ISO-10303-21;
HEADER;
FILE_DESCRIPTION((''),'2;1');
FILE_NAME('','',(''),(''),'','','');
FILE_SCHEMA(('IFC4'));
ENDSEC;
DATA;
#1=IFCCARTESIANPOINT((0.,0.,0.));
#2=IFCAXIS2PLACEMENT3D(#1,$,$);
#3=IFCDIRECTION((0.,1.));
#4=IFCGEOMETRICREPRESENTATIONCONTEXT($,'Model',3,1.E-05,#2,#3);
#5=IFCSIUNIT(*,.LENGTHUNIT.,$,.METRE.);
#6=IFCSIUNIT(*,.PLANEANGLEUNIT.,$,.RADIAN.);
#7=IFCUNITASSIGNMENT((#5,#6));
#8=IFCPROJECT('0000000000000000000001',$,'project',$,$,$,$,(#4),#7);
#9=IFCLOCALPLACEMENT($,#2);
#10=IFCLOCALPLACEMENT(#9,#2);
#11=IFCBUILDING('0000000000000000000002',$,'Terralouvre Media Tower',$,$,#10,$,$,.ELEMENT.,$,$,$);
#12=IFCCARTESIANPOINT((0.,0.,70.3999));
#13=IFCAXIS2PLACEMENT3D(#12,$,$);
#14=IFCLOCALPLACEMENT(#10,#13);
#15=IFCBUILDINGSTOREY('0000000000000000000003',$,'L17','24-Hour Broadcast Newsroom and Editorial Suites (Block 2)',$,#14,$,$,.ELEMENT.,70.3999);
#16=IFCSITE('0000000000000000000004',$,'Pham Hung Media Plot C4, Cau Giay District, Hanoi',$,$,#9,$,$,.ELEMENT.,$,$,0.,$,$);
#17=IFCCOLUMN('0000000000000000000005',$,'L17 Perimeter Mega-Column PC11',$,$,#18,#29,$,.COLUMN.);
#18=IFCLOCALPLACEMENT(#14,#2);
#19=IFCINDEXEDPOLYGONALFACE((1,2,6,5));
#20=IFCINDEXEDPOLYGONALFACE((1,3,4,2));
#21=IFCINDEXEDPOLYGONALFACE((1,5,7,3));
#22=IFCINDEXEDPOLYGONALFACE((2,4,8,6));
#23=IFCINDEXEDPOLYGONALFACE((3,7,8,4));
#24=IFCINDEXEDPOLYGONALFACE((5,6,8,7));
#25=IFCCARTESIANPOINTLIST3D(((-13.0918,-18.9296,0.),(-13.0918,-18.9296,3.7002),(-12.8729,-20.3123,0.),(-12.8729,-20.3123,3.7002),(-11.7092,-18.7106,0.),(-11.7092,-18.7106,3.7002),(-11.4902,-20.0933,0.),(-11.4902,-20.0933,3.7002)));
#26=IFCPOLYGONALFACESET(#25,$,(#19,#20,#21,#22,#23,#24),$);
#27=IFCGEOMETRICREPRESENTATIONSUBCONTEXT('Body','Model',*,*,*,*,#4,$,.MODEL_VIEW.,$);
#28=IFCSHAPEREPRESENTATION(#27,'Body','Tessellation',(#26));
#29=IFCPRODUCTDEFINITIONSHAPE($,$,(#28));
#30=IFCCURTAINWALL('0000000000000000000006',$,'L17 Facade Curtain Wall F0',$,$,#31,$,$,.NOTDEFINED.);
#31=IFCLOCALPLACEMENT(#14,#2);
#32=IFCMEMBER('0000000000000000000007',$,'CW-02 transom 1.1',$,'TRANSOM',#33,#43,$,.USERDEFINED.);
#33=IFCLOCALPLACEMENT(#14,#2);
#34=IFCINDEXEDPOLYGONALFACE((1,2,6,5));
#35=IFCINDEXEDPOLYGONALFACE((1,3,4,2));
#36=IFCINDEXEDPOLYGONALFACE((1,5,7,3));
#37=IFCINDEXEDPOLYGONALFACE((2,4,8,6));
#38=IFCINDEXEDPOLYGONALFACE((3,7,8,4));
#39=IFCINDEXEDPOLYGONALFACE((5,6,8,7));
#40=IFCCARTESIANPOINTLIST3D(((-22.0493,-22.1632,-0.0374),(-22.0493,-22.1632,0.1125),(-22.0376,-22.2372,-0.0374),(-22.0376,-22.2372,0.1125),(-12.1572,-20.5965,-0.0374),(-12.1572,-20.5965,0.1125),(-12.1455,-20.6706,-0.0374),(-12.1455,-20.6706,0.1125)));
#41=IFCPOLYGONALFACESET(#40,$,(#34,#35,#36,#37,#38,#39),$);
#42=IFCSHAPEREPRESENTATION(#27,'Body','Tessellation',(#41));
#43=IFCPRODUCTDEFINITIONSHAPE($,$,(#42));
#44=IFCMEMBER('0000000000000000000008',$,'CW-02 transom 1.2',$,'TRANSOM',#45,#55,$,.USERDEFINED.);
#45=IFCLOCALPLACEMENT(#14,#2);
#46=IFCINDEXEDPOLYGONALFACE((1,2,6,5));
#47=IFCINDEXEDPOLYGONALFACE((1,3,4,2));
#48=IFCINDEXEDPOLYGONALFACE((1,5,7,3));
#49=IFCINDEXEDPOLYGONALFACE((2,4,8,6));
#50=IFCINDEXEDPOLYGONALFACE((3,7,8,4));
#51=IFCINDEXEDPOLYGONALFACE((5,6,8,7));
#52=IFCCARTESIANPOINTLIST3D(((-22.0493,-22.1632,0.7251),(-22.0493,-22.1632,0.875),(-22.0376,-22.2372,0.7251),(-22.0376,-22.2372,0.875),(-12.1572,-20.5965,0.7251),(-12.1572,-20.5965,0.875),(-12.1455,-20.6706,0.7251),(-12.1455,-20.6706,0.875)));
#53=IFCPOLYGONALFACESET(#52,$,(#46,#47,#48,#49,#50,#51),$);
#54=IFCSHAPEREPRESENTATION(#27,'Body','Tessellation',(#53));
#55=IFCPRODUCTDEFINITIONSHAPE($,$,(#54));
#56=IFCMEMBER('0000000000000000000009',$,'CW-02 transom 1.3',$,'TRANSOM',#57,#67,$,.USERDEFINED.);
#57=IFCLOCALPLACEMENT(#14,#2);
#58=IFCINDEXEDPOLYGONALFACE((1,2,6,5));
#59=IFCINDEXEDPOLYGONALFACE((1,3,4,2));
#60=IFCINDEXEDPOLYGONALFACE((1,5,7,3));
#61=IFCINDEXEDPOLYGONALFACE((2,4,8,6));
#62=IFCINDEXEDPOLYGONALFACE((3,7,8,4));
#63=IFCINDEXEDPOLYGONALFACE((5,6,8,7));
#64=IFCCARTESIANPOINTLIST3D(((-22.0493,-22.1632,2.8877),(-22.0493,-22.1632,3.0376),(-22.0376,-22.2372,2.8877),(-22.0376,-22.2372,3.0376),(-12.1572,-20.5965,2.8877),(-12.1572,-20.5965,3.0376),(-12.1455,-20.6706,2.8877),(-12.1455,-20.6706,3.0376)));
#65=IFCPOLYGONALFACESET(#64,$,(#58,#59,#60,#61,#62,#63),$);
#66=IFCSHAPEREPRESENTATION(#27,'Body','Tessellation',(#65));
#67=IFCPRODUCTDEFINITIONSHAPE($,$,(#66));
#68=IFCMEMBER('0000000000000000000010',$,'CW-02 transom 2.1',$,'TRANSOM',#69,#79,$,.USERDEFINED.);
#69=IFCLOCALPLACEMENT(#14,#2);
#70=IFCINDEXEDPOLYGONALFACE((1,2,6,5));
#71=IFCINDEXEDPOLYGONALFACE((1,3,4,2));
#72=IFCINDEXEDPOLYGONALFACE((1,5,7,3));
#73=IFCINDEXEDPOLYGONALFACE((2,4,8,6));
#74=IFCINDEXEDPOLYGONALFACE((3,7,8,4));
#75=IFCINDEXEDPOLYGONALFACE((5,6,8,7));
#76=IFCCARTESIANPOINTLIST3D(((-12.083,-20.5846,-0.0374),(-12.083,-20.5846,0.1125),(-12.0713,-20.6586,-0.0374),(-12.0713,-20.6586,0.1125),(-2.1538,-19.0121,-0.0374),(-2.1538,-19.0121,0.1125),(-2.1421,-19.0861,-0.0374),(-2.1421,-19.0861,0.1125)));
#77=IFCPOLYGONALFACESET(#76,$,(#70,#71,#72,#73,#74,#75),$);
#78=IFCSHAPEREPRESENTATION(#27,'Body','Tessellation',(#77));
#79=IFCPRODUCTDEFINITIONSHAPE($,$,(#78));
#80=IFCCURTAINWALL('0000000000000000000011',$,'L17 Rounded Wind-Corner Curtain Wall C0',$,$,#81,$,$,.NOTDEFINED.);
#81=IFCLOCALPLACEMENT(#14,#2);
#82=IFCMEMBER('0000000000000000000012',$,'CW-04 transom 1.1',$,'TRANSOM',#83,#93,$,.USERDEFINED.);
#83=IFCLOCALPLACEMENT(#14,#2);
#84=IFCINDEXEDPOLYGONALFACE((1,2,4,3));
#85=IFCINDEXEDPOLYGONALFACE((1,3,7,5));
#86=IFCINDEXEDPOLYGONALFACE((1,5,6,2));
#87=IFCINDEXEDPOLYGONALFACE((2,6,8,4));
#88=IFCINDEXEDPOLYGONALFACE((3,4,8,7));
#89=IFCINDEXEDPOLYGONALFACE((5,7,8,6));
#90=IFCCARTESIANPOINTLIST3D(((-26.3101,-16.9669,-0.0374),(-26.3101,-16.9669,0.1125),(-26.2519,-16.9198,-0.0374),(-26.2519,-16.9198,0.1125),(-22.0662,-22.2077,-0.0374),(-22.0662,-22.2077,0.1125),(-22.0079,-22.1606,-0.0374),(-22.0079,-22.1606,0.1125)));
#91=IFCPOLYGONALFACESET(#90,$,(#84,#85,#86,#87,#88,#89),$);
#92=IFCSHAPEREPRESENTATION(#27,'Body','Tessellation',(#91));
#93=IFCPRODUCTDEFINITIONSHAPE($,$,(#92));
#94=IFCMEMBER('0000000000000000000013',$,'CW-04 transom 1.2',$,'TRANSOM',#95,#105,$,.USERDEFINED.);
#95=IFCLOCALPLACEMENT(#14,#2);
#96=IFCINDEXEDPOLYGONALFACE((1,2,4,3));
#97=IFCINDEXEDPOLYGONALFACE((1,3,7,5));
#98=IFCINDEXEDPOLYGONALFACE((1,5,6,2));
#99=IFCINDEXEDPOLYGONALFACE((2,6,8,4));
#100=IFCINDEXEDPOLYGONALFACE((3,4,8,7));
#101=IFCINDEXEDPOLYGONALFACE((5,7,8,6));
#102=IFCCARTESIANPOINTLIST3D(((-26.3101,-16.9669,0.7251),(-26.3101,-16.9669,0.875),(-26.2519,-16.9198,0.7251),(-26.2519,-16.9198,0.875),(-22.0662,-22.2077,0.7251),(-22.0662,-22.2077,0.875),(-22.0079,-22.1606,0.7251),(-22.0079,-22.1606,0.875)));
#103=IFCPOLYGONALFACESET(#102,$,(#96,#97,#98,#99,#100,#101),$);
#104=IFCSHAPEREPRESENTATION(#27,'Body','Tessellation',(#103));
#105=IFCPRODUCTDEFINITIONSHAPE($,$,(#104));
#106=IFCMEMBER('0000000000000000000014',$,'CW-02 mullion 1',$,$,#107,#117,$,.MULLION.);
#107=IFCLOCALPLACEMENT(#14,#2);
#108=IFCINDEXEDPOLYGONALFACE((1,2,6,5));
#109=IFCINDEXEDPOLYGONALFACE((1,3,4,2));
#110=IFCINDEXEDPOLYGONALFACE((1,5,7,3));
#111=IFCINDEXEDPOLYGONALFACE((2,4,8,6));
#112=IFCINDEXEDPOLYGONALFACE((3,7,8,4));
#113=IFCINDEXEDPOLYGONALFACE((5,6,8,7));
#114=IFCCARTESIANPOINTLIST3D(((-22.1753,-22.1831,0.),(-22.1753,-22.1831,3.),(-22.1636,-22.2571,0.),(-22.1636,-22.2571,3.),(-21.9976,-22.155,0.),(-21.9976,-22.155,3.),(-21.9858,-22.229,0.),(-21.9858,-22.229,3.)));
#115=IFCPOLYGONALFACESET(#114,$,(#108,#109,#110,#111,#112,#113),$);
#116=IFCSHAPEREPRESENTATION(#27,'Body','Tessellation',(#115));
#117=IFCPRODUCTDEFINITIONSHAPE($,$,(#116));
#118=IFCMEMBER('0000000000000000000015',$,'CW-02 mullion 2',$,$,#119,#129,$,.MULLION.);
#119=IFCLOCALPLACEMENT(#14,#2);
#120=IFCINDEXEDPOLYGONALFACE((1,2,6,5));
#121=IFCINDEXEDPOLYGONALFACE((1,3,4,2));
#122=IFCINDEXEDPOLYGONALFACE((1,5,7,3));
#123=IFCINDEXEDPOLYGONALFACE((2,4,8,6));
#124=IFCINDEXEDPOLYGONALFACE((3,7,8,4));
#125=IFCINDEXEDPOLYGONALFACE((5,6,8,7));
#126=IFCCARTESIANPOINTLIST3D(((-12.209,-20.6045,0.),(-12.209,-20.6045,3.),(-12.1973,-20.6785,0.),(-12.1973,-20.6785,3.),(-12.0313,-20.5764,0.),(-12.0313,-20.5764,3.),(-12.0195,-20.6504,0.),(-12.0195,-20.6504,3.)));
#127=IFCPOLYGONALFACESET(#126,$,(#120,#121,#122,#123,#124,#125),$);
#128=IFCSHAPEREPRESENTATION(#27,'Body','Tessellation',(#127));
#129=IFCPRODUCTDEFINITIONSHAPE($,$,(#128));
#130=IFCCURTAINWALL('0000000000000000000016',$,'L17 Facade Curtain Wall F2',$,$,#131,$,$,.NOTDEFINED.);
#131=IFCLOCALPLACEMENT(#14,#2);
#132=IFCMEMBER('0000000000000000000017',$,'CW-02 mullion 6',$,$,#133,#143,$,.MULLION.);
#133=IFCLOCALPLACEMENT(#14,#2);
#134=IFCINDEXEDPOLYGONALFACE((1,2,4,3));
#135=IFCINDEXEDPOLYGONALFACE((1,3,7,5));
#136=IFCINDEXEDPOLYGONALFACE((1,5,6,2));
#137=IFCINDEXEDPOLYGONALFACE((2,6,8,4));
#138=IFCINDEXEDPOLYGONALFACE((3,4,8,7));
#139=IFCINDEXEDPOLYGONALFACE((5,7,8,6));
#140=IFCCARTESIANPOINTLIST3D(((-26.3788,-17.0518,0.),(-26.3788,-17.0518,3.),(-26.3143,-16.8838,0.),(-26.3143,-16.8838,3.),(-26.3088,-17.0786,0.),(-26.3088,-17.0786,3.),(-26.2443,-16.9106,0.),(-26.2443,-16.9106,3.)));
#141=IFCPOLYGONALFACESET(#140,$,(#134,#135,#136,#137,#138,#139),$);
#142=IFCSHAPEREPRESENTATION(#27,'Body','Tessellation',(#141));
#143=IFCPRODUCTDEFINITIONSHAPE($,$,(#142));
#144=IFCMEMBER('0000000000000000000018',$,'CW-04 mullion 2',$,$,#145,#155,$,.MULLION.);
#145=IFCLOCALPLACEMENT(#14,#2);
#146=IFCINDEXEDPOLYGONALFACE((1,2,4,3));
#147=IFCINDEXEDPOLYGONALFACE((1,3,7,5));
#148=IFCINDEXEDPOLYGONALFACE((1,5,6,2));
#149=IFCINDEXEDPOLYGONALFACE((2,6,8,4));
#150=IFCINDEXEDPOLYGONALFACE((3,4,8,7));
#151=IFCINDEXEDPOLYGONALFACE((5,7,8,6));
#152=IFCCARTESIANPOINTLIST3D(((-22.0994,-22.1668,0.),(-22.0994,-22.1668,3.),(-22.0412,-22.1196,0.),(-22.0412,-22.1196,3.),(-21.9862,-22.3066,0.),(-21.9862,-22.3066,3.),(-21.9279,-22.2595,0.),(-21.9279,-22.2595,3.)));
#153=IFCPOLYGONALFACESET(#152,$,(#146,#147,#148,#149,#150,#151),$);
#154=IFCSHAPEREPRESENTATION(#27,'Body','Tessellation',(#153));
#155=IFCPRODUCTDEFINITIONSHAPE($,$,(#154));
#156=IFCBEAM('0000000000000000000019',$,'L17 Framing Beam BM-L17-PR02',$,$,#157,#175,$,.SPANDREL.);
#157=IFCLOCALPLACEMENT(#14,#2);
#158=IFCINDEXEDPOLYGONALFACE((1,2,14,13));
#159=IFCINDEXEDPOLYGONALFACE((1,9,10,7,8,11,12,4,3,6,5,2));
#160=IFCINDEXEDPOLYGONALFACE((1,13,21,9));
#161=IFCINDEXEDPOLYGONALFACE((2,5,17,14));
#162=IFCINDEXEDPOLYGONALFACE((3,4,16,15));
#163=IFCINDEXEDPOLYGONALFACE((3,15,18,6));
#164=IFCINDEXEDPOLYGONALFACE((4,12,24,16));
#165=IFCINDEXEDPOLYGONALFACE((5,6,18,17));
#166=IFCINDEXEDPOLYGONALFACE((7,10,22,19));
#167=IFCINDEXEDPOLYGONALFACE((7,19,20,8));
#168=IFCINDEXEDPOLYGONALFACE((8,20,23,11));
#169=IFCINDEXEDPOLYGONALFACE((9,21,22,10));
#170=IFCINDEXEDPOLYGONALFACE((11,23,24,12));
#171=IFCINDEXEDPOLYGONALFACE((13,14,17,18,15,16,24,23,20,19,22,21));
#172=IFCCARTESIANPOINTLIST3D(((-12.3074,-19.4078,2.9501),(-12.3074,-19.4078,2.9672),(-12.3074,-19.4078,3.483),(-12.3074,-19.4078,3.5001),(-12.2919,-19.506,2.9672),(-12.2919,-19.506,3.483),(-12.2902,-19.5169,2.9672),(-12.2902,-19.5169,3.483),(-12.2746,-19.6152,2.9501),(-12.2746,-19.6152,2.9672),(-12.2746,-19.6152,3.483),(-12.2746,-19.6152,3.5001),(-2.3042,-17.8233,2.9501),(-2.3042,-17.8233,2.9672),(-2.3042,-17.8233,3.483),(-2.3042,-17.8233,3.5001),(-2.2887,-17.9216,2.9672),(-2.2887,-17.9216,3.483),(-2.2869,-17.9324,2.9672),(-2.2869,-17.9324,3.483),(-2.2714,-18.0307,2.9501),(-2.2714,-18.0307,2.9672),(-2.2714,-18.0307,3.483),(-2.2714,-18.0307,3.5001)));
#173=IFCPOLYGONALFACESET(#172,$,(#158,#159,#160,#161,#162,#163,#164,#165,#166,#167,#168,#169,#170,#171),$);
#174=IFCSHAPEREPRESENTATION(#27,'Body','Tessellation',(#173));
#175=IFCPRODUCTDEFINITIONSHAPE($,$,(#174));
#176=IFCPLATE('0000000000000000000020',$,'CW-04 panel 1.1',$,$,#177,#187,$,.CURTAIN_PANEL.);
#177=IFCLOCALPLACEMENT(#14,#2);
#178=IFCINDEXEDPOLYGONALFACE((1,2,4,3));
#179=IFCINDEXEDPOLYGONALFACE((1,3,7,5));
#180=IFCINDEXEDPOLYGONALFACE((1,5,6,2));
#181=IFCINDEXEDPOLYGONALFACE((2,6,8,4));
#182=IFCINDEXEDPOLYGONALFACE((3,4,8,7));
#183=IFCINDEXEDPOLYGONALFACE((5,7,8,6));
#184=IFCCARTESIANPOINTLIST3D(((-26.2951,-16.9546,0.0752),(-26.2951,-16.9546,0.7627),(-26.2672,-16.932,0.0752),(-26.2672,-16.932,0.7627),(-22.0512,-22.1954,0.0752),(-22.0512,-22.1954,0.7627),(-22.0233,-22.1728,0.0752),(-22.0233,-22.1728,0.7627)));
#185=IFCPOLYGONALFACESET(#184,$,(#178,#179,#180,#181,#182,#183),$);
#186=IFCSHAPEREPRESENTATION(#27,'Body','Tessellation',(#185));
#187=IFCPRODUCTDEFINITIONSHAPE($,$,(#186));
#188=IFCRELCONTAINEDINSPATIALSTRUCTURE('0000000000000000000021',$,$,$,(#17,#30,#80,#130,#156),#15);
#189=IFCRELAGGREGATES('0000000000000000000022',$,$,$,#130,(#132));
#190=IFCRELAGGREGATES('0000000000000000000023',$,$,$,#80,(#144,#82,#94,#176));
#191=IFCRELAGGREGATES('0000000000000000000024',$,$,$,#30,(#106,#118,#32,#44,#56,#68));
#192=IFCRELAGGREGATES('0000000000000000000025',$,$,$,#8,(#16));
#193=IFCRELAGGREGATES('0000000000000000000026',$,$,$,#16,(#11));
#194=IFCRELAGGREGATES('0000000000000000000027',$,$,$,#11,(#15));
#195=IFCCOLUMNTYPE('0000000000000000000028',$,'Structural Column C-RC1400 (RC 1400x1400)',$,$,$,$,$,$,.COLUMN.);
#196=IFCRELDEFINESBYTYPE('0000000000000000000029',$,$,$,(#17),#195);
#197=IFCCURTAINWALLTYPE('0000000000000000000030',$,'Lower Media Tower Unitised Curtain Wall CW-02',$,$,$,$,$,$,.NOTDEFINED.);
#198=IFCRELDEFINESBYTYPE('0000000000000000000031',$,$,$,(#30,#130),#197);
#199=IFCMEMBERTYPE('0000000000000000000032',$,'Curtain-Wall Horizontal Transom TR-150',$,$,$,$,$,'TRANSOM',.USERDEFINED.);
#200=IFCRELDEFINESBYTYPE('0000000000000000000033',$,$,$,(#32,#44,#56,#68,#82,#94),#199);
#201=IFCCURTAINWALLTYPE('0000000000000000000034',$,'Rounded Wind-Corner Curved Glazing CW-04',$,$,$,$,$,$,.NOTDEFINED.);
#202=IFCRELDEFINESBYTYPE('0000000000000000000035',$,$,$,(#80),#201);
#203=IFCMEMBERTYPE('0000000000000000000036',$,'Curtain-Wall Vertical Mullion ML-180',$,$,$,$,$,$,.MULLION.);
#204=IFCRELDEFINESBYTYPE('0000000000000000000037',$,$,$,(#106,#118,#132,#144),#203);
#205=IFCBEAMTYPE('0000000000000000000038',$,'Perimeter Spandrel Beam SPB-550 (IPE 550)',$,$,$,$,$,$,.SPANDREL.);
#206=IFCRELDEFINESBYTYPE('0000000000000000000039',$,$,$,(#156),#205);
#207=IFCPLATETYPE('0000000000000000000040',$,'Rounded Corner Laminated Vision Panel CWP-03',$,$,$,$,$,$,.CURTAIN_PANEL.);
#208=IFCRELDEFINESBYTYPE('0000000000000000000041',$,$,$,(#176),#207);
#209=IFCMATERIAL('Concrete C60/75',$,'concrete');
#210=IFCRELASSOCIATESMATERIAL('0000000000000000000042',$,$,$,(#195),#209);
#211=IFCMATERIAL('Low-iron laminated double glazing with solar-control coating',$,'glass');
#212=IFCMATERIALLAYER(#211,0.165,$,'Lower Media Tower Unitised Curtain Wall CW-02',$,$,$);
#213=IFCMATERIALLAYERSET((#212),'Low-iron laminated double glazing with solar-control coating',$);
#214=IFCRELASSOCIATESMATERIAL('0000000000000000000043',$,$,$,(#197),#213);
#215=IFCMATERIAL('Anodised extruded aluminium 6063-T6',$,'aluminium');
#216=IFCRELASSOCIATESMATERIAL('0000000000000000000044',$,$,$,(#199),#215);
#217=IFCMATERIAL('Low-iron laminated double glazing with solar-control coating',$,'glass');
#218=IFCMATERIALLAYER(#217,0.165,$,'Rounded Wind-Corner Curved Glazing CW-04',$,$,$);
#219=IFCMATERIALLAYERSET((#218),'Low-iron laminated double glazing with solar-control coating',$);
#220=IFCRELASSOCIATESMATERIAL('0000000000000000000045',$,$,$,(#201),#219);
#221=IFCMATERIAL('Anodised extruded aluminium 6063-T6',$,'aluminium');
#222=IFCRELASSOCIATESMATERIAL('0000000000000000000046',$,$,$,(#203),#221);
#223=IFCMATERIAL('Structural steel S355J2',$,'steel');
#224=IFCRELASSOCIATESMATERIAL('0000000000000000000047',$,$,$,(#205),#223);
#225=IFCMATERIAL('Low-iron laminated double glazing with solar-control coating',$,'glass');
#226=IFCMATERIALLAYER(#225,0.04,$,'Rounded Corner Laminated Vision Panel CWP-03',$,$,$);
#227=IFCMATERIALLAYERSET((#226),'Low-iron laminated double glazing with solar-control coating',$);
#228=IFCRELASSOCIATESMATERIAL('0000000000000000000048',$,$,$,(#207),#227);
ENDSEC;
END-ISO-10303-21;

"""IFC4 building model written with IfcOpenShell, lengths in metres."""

from ifc_helpers import new_model, si_unit, direction, frame, origin, origin_2d, place, context, subcontext, project, spatial, rectangle, i_section, extrude, material, layer, layer_set, material_profile, profile_set, type_object, element, aggregate, save


model = new_model("IFC4")

# Units and contexts
model_context = context("Model", 3, precision=1e-05, world=origin(), true_north=direction((0.0, 1.0)))
body_context = subcontext(model_context, "Body", "Model", "MODEL_VIEW")
ifc_project = project(units=[si_unit("LENGTHUNIT", "METRE"), si_unit("PLANEANGLEUNIT", "RADIAN")], contexts=[model_context])

# Site, building, storey
site_placement = place(None, origin())
site = spatial("IfcSite", under=ifc_project, at=site_placement, Name="Pham Hung Media Plot C4, Cau Giay District, Hanoi", CompositionType="ELEMENT", RefElevation=0.0)
building_placement = place(site_placement, origin())
building = spatial("IfcBuilding", under=site, at=building_placement, Name="Terralouvre Media Tower", CompositionType="ELEMENT")
storey_placement = place(building_placement, frame((0.0, 0.0, 70.3999)))
storey = spatial("IfcBuildingStorey", under=building, at=storey_placement, Name="L17", Description="24-Hour Broadcast Newsroom and Editorial Suites (Block 2)", CompositionType="ELEMENT", Elevation=70.3999)

# Column
ifc_material_1 = material(Name="Concrete C60/75", Category="concrete")
ifc_material_profile_1 = material_profile(ifc_material_1, rectangle(XDim=1.3999, YDim=1.3999, at=origin_2d()), Name="RC 1400x1400")
ifc_profile_set_1 = profile_set([ifc_material_profile_1], Name="Concrete C60/75")
column_type = type_object("IfcColumnType", Name="Structural Column C-RC1400 (RC 1400x1400)", PredefinedType="COLUMN", material=ifc_profile_set_1)
column_placement = place(storey_placement, frame((-12.291, -19.5115, 0.0), z_axis=(0.0, 0.0, 1.0), x_axis=(0.987688, 0.156434, 0.0)))
element("IfcColumn", 1, at=column_placement, inside=storey, type_object=column_type, Name="L17 Perimeter Mega-Column PC11", PredefinedType="COLUMN", context=body_context, shape_type="SweptSolid", body=[
    extrude(rectangle(XDim=1.3999, YDim=1.3999, at=origin_2d()), origin(), (0.0, 0.0, 1.0), 3.7002),
])

# Curtain walls, members
ifc_material_2 = material(Name="Low-iron laminated double glazing with solar-control coating", Category="glass")
ifc_layer_1 = layer(ifc_material_2, 0.165, Name="Lower Media Tower Unitised Curtain Wall CW-02")
ifc_layer_set_1 = layer_set([ifc_layer_1], Name="Low-iron laminated double glazing with solar-control coating")
curtain_wall_type_1 = type_object("IfcCurtainWallType", Name="Lower Media Tower Unitised Curtain Wall CW-02", PredefinedType="NOTDEFINED", material=ifc_layer_set_1)
curtain_wall_1_placement = place(storey_placement, origin())
curtain_wall_1 = element("IfcCurtainWall", 2, at=curtain_wall_1_placement, inside=storey, type_object=curtain_wall_type_1, Name="L17 Facade Curtain Wall F0", PredefinedType="NOTDEFINED")
ifc_material_3 = material(Name="Anodised extruded aluminium 6063-T6", Category="aluminium")
ifc_material_profile_2 = material_profile(ifc_material_3, rectangle(XDim=0.075, YDim=0.1499, at=origin_2d()), Name="ALU 75x150")
ifc_profile_set_2 = profile_set([ifc_material_profile_2], Name="Anodised extruded aluminium 6063-T6")
member_type_1 = type_object("IfcMemberType", Name="Curtain-Wall Horizontal Transom TR-150", ElementType="TRANSOM", PredefinedType="USERDEFINED", material=ifc_profile_set_2)
member_1_placement = place(storey_placement, frame((-22.0435, -22.2002, 0.0376), z_axis=(0.98769, 0.156424, 0.0), x_axis=(-0.156424, 0.98769, 0.0)))
member_1 = element("IfcMember", 3, at=member_1_placement, type_object=member_type_1, Name="CW-02 transom 1.1", ObjectType="TRANSOM", PredefinedType="USERDEFINED", context=body_context, shape_type="SweptSolid", body=[
    extrude(rectangle(XDim=0.075, YDim=0.1499, at=origin_2d()), origin(), (0.0, 0.0, 1.0), 10.0154),
])
member_2_placement = place(storey_placement, frame((-22.0435, -22.2002, 0.8), z_axis=(0.98769, 0.156424, 0.0), x_axis=(-0.156424, 0.98769, 0.0)))
member_2 = element("IfcMember", 4, at=member_2_placement, type_object=member_type_1, Name="CW-02 transom 1.2", ObjectType="TRANSOM", PredefinedType="USERDEFINED", context=body_context, shape_type="SweptSolid", body=[
    extrude(rectangle(XDim=0.075, YDim=0.1499, at=origin_2d()), origin(), (0.0, 0.0, 1.0), 10.0154),
])
member_3_placement = place(storey_placement, frame((-22.0435, -22.2002, 2.9626), z_axis=(0.98769, 0.156424, 0.0), x_axis=(-0.156424, 0.98769, 0.0)))
member_3 = element("IfcMember", 5, at=member_3_placement, type_object=member_type_1, Name="CW-02 transom 1.3", ObjectType="TRANSOM", PredefinedType="USERDEFINED", context=body_context, shape_type="SweptSolid", body=[
    extrude(rectangle(XDim=0.075, YDim=0.1499, at=origin_2d()), origin(), (0.0, 0.0, 1.0), 10.0154),
])
member_4_placement = place(storey_placement, frame((-12.0771, -20.6216, 0.0376), z_axis=(0.98769, 0.156423, 0.0), x_axis=(-0.156423, 0.98769, 0.0)))
member_4 = element("IfcMember", 6, at=member_4_placement, type_object=member_type_1, Name="CW-02 transom 2.1", ObjectType="TRANSOM", PredefinedType="USERDEFINED", context=body_context, shape_type="SweptSolid", body=[
    extrude(rectangle(XDim=0.075, YDim=0.1499, at=origin_2d()), origin(), (0.0, 0.0, 1.0), 10.053),
])
ifc_material_4 = material(Name="Low-iron laminated double glazing with solar-control coating", Category="glass")
ifc_layer_2 = layer(ifc_material_4, 0.165, Name="Rounded Wind-Corner Curved Glazing CW-04")
ifc_layer_set_2 = layer_set([ifc_layer_2], Name="Low-iron laminated double glazing with solar-control coating")
curtain_wall_type_2 = type_object("IfcCurtainWallType", Name="Rounded Wind-Corner Curved Glazing CW-04", PredefinedType="NOTDEFINED", material=ifc_layer_set_2)
curtain_wall_2_placement = place(storey_placement, origin())
curtain_wall_2 = element("IfcCurtainWall", 7, at=curtain_wall_2_placement, inside=storey, type_object=curtain_wall_type_2, Name="L17 Rounded Wind-Corner Curtain Wall C0", PredefinedType="NOTDEFINED")
member_5_placement = place(storey_placement, frame((-26.281, -16.9434, 0.0376), z_axis=(0.629324, -0.777143, 0.0), x_axis=(0.777143, 0.629324, 0.0)))
member_5 = element("IfcMember", 8, at=member_5_placement, type_object=member_type_1, Name="CW-04 transom 1.1", ObjectType="TRANSOM", PredefinedType="USERDEFINED", context=body_context, shape_type="SweptSolid", body=[
    extrude(rectangle(XDim=0.075, YDim=0.1499, at=origin_2d()), origin(), (0.0, 0.0, 1.0), 6.7437),
])
member_6_placement = place(storey_placement, frame((-26.281, -16.9434, 0.8), z_axis=(0.629324, -0.777143, 0.0), x_axis=(0.777143, 0.629324, 0.0)))
member_6 = element("IfcMember", 9, at=member_6_placement, type_object=member_type_1, Name="CW-04 transom 1.2", ObjectType="TRANSOM", PredefinedType="USERDEFINED", context=body_context, shape_type="SweptSolid", body=[
    extrude(rectangle(XDim=0.075, YDim=0.1499, at=origin_2d()), origin(), (0.0, 0.0, 1.0), 6.7437),
])

# Members
ifc_material_5 = material(Name="Anodised extruded aluminium 6063-T6", Category="aluminium")
ifc_material_profile_3 = material_profile(ifc_material_5, rectangle(XDim=0.075, YDim=0.1799, at=origin_2d()), Name="ALU 75x180")
ifc_profile_set_3 = profile_set([ifc_material_profile_3], Name="Anodised extruded aluminium 6063-T6")
member_type_2 = type_object("IfcMemberType", Name="Curtain-Wall Vertical Mullion ML-180", PredefinedType="MULLION", material=ifc_profile_set_3)
member_7_placement = place(storey_placement, frame((-22.0806, -22.2061, 0.0), z_axis=(0.0, 0.0, 1.0), x_axis=(-0.156434, 0.987688, 0.0)))
member_7 = element("IfcMember", 10, at=member_7_placement, type_object=member_type_2, Name="CW-02 mullion 1", PredefinedType="MULLION", context=body_context, shape_type="SweptSolid", body=[
    extrude(rectangle(XDim=0.075, YDim=0.1799, at=origin_2d()), origin(), (0.0, 0.0, 1.0), 3.0),
])
member_8_placement = place(storey_placement, frame((-12.1143, -20.6274, 0.0), z_axis=(0.0, 0.0, 1.0), x_axis=(-0.156434, 0.987688, 0.0)))
member_8 = element("IfcMember", 11, at=member_8_placement, type_object=member_type_2, Name="CW-02 mullion 2", PredefinedType="MULLION", context=body_context, shape_type="SweptSolid", body=[
    extrude(rectangle(XDim=0.075, YDim=0.1799, at=origin_2d()), origin(), (0.0, 0.0, 1.0), 3.0),
])

# Curtain wall, member
curtain_wall_3_placement = place(storey_placement, origin())
curtain_wall_3 = element("IfcCurtainWall", 12, at=curtain_wall_3_placement, inside=storey, type_object=curtain_wall_type_1, Name="L17 Facade Curtain Wall F2", PredefinedType="NOTDEFINED")
member_9_placement = place(storey_placement, frame((-26.3115, -16.9812, 0.0), z_axis=(0.0, 0.0, 1.0), x_axis=(0.93358, -0.358368, 0.0)))
member_9 = element("IfcMember", 13, at=member_9_placement, type_object=member_type_2, Name="CW-02 mullion 6", PredefinedType="MULLION", context=body_context, shape_type="SweptSolid", body=[
    extrude(rectangle(XDim=0.075, YDim=0.1799, at=origin_2d()), origin(), (0.0, 0.0, 1.0), 3.0),
])
aggregate(curtain_wall_3, [member_9])

# Member
member_10_placement = place(storey_placement, frame((-22.0137, -22.2131, 0.0), z_axis=(0.0, 0.0, 1.0), x_axis=(0.777146, 0.62932, 0.0)))
member_10 = element("IfcMember", 14, at=member_10_placement, type_object=member_type_2, Name="CW-04 mullion 2", PredefinedType="MULLION", context=body_context, shape_type="SweptSolid", body=[
    extrude(rectangle(XDim=0.075, YDim=0.1799, at=origin_2d()), origin(), (0.0, 0.0, 1.0), 3.0),
])

# Beam
ifc_material_6 = material(Name="Structural steel S355J2", Category="steel")
ifc_material_profile_4 = material_profile(ifc_material_6, i_section(OverallWidth=0.21, OverallDepth=0.55, WebThickness=0.011, FlangeThickness=0.0171, at=origin_2d()), Name="IPE 550")
ifc_profile_set_4 = profile_set([ifc_material_profile_4], Name="Structural steel S355J2")
beam_type = type_object("IfcBeamType", Name="Perimeter Spandrel Beam SPB-550 (IPE 550)", PredefinedType="SPANDREL", material=ifc_profile_set_4)
beam_placement = place(storey_placement, frame((-12.291, -19.5115, 3.2251), z_axis=(0.987686, 0.156447, 0.0), x_axis=(-0.156447, 0.987686, 0.0)))
element("IfcBeam", 15, at=beam_placement, inside=storey, type_object=beam_type, Name="L17 Framing Beam BM-L17-PR02", PredefinedType="SPANDREL", context=body_context, shape_type="SweptSolid", body=[
    extrude(i_section(OverallWidth=0.21, OverallDepth=0.55, WebThickness=0.011, FlangeThickness=0.0171, at=origin_2d()), origin(), (0.0, 0.0, 1.0), 10.1279),
])

# Plate
ifc_material_7 = material(Name="Low-iron laminated double glazing with solar-control coating", Category="glass")
ifc_layer_3 = layer(ifc_material_7, 0.04, Name="Rounded Corner Laminated Vision Panel CWP-03")
ifc_layer_set_3 = layer_set([ifc_layer_3], Name="Low-iron laminated double glazing with solar-control coating")
plate_type_1 = type_object("IfcPlateType", Name="Rounded Corner Laminated Vision Panel CWP-03", PredefinedType="CURTAIN_PANEL", material=ifc_layer_set_3)
plate_1_placement = place(storey_placement, frame((-24.1592, -19.5637, 0.0752), z_axis=(0.0, 0.0, 1.0), x_axis=(0.62932, -0.777146, 0.0)))
plate_1 = element("IfcPlate", 16, at=plate_1_placement, type_object=plate_type_1, Name="CW-04 panel 1.1", PredefinedType="CURTAIN_PANEL", context=body_context, shape_type="SweptSolid", body=[
    extrude(rectangle(XDim=6.7437, YDim=0.0359, at=origin_2d()), origin(), (0.0, 0.0, 1.0), 0.6875),
])
aggregate(curtain_wall_2, [member_10, member_5, member_6, plate_1])
aggregate(curtain_wall_1, [member_7, member_8, member_1, member_2, member_3, member_4])

save(model, "model.ifc")
